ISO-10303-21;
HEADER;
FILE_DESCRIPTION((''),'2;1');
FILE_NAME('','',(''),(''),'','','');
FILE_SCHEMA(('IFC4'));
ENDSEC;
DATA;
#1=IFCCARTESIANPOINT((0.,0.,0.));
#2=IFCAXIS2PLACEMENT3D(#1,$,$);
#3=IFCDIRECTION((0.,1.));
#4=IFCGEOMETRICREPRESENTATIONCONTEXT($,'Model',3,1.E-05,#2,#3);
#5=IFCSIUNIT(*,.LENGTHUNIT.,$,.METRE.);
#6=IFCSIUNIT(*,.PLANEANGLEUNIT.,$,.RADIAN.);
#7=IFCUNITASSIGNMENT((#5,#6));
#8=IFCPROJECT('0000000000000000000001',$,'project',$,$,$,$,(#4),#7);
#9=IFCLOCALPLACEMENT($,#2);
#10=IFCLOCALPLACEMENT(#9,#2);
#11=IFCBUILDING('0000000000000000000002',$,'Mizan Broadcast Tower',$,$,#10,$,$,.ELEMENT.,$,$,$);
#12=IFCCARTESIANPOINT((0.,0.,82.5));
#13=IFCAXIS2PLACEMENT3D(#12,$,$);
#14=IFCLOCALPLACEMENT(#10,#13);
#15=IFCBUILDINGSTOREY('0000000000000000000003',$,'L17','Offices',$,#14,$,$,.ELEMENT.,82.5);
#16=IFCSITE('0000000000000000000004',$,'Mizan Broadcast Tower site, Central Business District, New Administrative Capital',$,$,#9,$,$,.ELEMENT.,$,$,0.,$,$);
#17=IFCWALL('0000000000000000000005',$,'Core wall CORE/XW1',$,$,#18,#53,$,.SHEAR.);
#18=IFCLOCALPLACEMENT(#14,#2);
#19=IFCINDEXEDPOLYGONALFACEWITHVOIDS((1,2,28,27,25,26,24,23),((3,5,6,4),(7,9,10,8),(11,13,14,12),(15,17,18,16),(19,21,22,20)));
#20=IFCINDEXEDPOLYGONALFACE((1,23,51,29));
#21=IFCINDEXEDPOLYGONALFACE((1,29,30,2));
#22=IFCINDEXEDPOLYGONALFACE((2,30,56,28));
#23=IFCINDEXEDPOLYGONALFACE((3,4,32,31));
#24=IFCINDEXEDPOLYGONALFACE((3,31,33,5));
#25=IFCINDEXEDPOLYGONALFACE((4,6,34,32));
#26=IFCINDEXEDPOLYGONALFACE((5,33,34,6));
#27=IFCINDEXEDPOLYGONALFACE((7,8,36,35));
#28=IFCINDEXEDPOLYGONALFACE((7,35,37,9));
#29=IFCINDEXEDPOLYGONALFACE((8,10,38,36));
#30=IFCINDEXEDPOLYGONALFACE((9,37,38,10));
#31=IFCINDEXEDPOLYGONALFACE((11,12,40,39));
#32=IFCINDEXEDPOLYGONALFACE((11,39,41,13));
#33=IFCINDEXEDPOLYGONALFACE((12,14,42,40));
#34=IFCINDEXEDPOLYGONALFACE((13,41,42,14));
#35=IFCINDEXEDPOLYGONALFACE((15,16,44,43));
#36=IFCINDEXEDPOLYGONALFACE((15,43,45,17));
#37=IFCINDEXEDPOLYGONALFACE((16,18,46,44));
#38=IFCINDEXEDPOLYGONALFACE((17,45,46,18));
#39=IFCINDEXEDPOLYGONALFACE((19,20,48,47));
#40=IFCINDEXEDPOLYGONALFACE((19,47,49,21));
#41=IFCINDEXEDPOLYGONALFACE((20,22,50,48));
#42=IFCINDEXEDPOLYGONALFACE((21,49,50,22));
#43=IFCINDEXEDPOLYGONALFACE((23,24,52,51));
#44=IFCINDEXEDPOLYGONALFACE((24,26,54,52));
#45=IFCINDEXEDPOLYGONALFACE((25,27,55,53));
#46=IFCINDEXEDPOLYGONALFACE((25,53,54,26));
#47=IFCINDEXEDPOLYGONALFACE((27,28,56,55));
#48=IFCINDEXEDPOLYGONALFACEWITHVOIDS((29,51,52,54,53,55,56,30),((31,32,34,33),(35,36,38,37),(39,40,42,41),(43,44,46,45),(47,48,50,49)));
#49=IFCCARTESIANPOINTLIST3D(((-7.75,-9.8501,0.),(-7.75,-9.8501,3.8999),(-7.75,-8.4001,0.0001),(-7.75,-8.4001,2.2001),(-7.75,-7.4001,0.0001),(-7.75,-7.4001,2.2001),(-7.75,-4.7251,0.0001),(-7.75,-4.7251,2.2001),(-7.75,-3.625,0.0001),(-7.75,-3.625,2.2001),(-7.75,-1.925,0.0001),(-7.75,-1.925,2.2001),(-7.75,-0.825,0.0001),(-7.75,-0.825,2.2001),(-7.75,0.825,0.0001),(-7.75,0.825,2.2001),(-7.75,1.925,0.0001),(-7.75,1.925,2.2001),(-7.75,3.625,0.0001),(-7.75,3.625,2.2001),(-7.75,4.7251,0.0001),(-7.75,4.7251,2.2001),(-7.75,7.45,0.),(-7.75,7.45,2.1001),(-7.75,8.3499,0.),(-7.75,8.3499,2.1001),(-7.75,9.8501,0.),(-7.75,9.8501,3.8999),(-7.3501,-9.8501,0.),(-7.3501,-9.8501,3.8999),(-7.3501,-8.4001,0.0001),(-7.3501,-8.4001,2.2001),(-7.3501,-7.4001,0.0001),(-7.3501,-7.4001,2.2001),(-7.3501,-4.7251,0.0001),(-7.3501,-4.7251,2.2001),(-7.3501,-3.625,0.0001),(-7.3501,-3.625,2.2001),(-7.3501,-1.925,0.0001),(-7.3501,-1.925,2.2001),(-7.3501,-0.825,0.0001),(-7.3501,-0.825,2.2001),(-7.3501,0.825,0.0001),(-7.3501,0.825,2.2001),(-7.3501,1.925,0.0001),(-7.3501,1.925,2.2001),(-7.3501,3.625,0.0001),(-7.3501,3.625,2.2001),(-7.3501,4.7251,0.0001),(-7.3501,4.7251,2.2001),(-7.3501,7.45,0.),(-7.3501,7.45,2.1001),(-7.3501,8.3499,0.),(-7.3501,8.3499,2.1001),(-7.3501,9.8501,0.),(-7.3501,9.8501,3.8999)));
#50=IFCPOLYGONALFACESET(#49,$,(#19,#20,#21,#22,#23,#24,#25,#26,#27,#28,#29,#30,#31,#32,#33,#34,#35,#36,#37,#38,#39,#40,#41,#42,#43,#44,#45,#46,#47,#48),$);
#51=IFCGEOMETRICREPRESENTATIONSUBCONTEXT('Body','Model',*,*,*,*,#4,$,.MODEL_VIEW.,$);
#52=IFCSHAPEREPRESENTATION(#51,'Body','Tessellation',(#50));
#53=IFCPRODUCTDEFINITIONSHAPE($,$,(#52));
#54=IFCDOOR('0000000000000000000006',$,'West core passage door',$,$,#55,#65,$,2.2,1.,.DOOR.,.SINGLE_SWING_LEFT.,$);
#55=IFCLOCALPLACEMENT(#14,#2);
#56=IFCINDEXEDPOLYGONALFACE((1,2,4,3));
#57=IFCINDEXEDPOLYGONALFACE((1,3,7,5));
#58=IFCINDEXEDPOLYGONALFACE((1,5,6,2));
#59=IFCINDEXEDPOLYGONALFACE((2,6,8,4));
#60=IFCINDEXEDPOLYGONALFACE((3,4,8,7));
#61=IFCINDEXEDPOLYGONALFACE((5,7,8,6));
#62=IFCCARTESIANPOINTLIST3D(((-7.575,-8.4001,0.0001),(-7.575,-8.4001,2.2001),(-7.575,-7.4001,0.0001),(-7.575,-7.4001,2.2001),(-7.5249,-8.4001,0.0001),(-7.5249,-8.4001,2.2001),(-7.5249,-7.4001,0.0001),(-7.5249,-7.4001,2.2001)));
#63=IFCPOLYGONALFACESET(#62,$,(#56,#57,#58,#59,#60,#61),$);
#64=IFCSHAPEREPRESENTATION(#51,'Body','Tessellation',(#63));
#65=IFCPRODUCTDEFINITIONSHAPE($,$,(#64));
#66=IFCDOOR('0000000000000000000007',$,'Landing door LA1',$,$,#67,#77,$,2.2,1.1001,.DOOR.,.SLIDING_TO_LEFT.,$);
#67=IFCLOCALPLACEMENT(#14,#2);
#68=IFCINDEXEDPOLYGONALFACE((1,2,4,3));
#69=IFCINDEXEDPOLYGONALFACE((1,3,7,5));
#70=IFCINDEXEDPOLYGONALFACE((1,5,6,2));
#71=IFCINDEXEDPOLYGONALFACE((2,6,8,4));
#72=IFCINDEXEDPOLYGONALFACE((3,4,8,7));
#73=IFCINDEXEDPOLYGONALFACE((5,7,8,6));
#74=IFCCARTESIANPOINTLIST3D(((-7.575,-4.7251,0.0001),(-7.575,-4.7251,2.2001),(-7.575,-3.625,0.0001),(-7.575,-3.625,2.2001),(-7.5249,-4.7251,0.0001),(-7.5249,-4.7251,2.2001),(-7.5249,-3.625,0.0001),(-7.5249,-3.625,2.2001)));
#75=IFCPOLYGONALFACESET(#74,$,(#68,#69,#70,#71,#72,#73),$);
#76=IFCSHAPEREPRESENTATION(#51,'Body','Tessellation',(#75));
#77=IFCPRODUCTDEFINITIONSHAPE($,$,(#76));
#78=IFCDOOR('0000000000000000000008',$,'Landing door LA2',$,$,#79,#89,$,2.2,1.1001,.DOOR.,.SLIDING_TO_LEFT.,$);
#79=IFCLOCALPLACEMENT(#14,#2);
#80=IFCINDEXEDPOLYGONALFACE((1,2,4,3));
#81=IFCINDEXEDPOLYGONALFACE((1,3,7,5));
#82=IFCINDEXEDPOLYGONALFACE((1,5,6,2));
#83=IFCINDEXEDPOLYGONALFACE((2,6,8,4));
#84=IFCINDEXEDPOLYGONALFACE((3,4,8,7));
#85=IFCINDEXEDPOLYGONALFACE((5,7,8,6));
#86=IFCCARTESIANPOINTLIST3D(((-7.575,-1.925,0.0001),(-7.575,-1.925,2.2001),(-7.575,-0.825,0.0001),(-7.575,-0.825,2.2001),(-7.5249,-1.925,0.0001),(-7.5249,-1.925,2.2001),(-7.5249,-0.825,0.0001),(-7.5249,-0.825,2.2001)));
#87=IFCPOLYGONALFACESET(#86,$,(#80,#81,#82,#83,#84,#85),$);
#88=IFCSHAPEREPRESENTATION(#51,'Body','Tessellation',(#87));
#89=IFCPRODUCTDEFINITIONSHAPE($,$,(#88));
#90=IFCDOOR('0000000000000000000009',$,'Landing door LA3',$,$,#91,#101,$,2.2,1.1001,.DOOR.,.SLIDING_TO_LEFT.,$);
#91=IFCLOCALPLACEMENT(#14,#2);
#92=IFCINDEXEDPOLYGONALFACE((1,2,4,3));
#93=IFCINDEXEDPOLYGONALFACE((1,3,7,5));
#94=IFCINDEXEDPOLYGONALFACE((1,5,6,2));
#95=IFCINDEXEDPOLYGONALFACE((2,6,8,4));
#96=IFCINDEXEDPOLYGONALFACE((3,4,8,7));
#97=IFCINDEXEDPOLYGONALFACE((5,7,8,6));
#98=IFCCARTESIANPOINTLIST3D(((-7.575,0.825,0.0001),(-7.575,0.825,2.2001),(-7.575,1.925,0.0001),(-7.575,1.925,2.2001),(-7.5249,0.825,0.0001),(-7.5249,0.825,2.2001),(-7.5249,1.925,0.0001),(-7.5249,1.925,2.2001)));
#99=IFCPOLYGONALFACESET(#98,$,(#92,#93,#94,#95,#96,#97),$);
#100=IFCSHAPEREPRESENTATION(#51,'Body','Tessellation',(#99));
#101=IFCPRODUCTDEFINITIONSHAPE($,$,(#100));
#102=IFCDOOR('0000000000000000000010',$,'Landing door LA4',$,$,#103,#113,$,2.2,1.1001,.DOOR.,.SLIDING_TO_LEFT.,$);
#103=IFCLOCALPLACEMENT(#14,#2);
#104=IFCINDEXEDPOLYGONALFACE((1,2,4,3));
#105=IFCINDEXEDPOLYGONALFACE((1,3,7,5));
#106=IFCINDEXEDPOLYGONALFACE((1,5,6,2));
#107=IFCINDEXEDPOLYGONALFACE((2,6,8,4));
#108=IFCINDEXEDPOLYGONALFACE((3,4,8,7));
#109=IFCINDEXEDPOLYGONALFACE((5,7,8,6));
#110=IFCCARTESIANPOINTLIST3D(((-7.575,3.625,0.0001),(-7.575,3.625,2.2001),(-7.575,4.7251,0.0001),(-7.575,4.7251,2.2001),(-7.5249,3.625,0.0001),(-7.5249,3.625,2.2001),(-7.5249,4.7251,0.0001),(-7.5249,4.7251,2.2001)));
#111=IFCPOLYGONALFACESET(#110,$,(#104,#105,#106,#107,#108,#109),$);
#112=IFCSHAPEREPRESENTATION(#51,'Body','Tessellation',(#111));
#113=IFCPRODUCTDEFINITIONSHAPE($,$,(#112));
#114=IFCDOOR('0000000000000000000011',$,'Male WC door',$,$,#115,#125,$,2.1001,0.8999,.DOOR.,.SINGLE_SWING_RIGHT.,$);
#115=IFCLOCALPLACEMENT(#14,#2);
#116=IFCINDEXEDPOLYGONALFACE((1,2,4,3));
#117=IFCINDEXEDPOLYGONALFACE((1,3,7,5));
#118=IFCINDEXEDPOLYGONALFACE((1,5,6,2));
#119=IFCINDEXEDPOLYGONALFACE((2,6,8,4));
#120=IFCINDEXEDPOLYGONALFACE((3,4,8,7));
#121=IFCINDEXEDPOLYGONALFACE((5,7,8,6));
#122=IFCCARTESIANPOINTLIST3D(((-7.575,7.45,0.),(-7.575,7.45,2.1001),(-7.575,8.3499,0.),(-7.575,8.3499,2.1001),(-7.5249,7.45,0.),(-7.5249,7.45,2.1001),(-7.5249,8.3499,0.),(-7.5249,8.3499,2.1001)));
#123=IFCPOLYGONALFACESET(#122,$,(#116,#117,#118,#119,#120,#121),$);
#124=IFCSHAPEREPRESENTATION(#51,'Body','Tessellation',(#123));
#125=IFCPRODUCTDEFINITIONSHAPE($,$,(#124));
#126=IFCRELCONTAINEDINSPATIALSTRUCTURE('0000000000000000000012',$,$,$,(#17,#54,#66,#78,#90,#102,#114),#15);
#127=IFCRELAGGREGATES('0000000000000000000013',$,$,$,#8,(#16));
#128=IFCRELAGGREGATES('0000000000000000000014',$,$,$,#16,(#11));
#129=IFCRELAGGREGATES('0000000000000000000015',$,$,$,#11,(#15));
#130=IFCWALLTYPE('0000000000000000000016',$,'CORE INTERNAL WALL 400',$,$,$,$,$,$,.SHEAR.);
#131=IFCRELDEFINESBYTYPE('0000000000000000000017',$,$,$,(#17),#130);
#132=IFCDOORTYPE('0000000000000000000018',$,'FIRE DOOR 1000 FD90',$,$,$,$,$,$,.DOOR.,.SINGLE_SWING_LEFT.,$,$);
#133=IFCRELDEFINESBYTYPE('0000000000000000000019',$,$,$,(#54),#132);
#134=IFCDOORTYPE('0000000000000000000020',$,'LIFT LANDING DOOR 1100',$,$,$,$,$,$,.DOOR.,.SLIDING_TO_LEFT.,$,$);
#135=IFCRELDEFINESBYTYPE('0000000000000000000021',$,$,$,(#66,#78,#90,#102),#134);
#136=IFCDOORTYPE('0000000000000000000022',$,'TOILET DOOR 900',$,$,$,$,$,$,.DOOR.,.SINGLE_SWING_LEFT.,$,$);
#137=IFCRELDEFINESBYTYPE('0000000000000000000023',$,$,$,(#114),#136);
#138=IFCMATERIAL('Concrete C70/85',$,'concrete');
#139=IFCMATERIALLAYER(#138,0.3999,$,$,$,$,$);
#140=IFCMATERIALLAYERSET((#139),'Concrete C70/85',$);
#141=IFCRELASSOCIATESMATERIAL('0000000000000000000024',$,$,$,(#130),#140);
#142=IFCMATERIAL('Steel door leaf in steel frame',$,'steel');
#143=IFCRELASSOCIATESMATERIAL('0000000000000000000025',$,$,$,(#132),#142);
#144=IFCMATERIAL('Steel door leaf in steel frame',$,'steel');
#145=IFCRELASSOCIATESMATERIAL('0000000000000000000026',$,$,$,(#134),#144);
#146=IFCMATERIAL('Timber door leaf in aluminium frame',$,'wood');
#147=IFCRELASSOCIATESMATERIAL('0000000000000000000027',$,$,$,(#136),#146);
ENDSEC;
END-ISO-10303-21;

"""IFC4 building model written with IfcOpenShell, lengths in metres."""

from ifc_helpers import new_model, si_unit, direction, frame, frame_2d, origin, place, context, subcontext, project, spatial, rectangle, extrude, material, layer, layer_set, type_object, element, fill, save


model = new_model("IFC4")

# Units and contexts
model_context = context("Model", 3, precision=1e-05, world=origin(), true_north=direction((0.0, 1.0)))
body_context = subcontext(model_context, "Body", "Model", "MODEL_VIEW")
ifc_project = project(units=[si_unit("LENGTHUNIT", "METRE"), si_unit("PLANEANGLEUNIT", "RADIAN")], contexts=[model_context])

# Site, building, storey
site_placement = place(None, origin())
site = spatial("IfcSite", under=ifc_project, at=site_placement, Name="Mizan Broadcast Tower site, Central Business District, New Administrative Capital", CompositionType="ELEMENT", RefElevation=0.0)
building_placement = place(site_placement, origin())
building = spatial("IfcBuilding", under=site, at=building_placement, Name="Mizan Broadcast Tower", CompositionType="ELEMENT")
storey_placement = place(building_placement, frame((0.0, 0.0, 82.5)))
storey = spatial("IfcBuildingStorey", under=building, at=storey_placement, Name="L17", Description="Offices", CompositionType="ELEMENT", Elevation=82.5)

# Wall, openings, doors
ifc_material_1 = material(Name="Concrete C70/85", Category="concrete")
ifc_layer_1 = layer(ifc_material_1, 0.3999)
ifc_layer_set_1 = layer_set([ifc_layer_1], Name="Concrete C70/85")
wall_type_1 = type_object("IfcWallType", Name="CORE INTERNAL WALL 400", PredefinedType="SHEAR", material=ifc_layer_set_1)
wall_1_placement = place(storey_placement, frame((-7.55, -9.8501, 0.0), z_axis=(0.0, 0.0, 1.0), x_axis=(0.0, 1.0, 0.0)))
wall_1 = element("IfcWall", 1, at=wall_1_placement, inside=storey, type_object=wall_type_1, Name="Core wall CORE/XW1", PredefinedType="SHEAR", context=body_context, shape_type="SweptSolid", body=[
    extrude(rectangle(XDim=19.7002, YDim=0.3999, at=frame_2d((9.8501, 0.0))), origin(), (0.0, 0.0, 1.0), 3.8999),
])
opening_1_placement = place(wall_1_placement, frame((1.45, 0.0, 0.0)))
opening_1 = element("IfcOpeningElement", 2, at=opening_1_placement, cuts=wall_1, PredefinedType="OPENING", context=body_context, shape_type="SweptSolid", body=[
    extrude(rectangle(XDim=1.0, YDim=2.2, at=frame_2d((0.5, 1.1001))), frame((0.0, 0.21, 0.0), z_axis=(0.0, -1.0, 0.0), x_axis=(1.0, 0.0, 0.0)), (0.0, 0.0, 1.0), 0.4199),
])
opening_2_placement = place(wall_1_placement, frame((17.3, 0.0, 0.0)))
opening_2 = element("IfcOpeningElement", 3, at=opening_2_placement, cuts=wall_1, PredefinedType="OPENING", context=body_context, shape_type="SweptSolid", body=[
    extrude(rectangle(XDim=0.8999, YDim=2.1001, at=frame_2d((0.45, 1.05))), frame((0.0, 0.21, 0.0), z_axis=(0.0, -1.0, 0.0), x_axis=(1.0, 0.0, 0.0)), (0.0, 0.0, 1.0), 0.4199),
])
opening_3_placement = place(wall_1_placement, frame((5.125, 0.0, 0.0)))
opening_3 = element("IfcOpeningElement", 4, at=opening_3_placement, cuts=wall_1, PredefinedType="OPENING", context=body_context, shape_type="SweptSolid", body=[
    extrude(rectangle(XDim=1.1001, YDim=2.2, at=frame_2d((0.55, 1.1001))), frame((0.0, 0.21, 0.0), z_axis=(0.0, -1.0, 0.0), x_axis=(1.0, 0.0, 0.0)), (0.0, 0.0, 1.0), 0.4199),
])
opening_4_placement = place(wall_1_placement, frame((7.925, 0.0, 0.0)))
opening_4 = element("IfcOpeningElement", 5, at=opening_4_placement, cuts=wall_1, PredefinedType="OPENING", context=body_context, shape_type="SweptSolid", body=[
    extrude(rectangle(XDim=1.1001, YDim=2.2, at=frame_2d((0.55, 1.1001))), frame((0.0, 0.21, 0.0), z_axis=(0.0, -1.0, 0.0), x_axis=(1.0, 0.0, 0.0)), (0.0, 0.0, 1.0), 0.4199),
])
opening_5_placement = place(wall_1_placement, frame((10.675, 0.0, 0.0)))
opening_5 = element("IfcOpeningElement", 6, at=opening_5_placement, cuts=wall_1, PredefinedType="OPENING", context=body_context, shape_type="SweptSolid", body=[
    extrude(rectangle(XDim=1.1001, YDim=2.2, at=frame_2d((0.55, 1.1001))), frame((0.0, 0.21, 0.0), z_axis=(0.0, -1.0, 0.0), x_axis=(1.0, 0.0, 0.0)), (0.0, 0.0, 1.0), 0.4199),
])
opening_6_placement = place(wall_1_placement, frame((13.4751, 0.0, 0.0)))
opening_6 = element("IfcOpeningElement", 7, at=opening_6_placement, cuts=wall_1, PredefinedType="OPENING", context=body_context, shape_type="SweptSolid", body=[
    extrude(rectangle(XDim=1.1001, YDim=2.2, at=frame_2d((0.55, 1.1001))), frame((0.0, 0.21, 0.0), z_axis=(0.0, -1.0, 0.0), x_axis=(1.0, 0.0, 0.0)), (0.0, 0.0, 1.0), 0.4199),
])
ifc_material_2 = material(Name="Steel door leaf in steel frame", Category="steel")
door_type_1 = type_object("IfcDoorType", Name="FIRE DOOR 1000 FD90", OperationType="SINGLE_SWING_LEFT", PredefinedType="DOOR", material=ifc_material_2)
door_1_placement = place(opening_1_placement, origin())
door_1 = element("IfcDoor", 8, at=door_1_placement, inside=storey, type_object=door_type_1, Name="West core passage door", OperationType="SINGLE_SWING_LEFT", OverallHeight=2.2, OverallWidth=1.0, PredefinedType="DOOR", context=body_context, shape_type="SweptSolid", body=[
    extrude(rectangle(XDim=1.0, YDim=2.2, at=frame_2d((0.5, 1.1001))), frame((0.0, 0.0249, 0.0), z_axis=(0.0, -1.0, 0.0), x_axis=(1.0, 0.0, 0.0)), (0.0, 0.0, 1.0), 0.05),
])
fill(opening_1, door_1)
ifc_material_3 = material(Name="Steel door leaf in steel frame", Category="steel")
door_type_2 = type_object("IfcDoorType", Name="LIFT LANDING DOOR 1100", OperationType="SLIDING_TO_LEFT", PredefinedType="DOOR", material=ifc_material_3)
door_2_placement = place(opening_3_placement, origin())
door_2 = element("IfcDoor", 9, at=door_2_placement, inside=storey, type_object=door_type_2, Name="Landing door LA1", OperationType="SLIDING_TO_LEFT", OverallHeight=2.2, OverallWidth=1.1001, PredefinedType="DOOR", context=body_context, shape_type="SweptSolid", body=[
    extrude(rectangle(XDim=1.1001, YDim=2.2, at=frame_2d((0.55, 1.1001))), frame((0.0, 0.0249, 0.0), z_axis=(0.0, -1.0, 0.0), x_axis=(1.0, 0.0, 0.0)), (0.0, 0.0, 1.0), 0.05),
])
fill(opening_3, door_2)
door_3_placement = place(opening_4_placement, origin())
door_3 = element("IfcDoor", 10, at=door_3_placement, inside=storey, type_object=door_type_2, Name="Landing door LA2", OperationType="SLIDING_TO_LEFT", OverallHeight=2.2, OverallWidth=1.1001, PredefinedType="DOOR", context=body_context, shape_type="SweptSolid", body=[
    extrude(rectangle(XDim=1.1001, YDim=2.2, at=frame_2d((0.55, 1.1001))), frame((0.0, 0.0249, 0.0), z_axis=(0.0, -1.0, 0.0), x_axis=(1.0, 0.0, 0.0)), (0.0, 0.0, 1.0), 0.05),
])
fill(opening_4, door_3)
door_4_placement = place(opening_5_placement, origin())
door_4 = element("IfcDoor", 11, at=door_4_placement, inside=storey, type_object=door_type_2, Name="Landing door LA3", OperationType="SLIDING_TO_LEFT", OverallHeight=2.2, OverallWidth=1.1001, PredefinedType="DOOR", context=body_context, shape_type="SweptSolid", body=[
    extrude(rectangle(XDim=1.1001, YDim=2.2, at=frame_2d((0.55, 1.1001))), frame((0.0, 0.0249, 0.0), z_axis=(0.0, -1.0, 0.0), x_axis=(1.0, 0.0, 0.0)), (0.0, 0.0, 1.0), 0.05),
])
fill(opening_5, door_4)
door_5_placement = place(opening_6_placement, origin())
door_5 = element("IfcDoor", 12, at=door_5_placement, inside=storey, type_object=door_type_2, Name="Landing door LA4", OperationType="SLIDING_TO_LEFT", OverallHeight=2.2, OverallWidth=1.1001, PredefinedType="DOOR", context=body_context, shape_type="SweptSolid", body=[
    extrude(rectangle(XDim=1.1001, YDim=2.2, at=frame_2d((0.55, 1.1001))), frame((0.0, 0.0249, 0.0), z_axis=(0.0, -1.0, 0.0), x_axis=(1.0, 0.0, 0.0)), (0.0, 0.0, 1.0), 0.05),
])
fill(opening_6, door_5)
ifc_material_4 = material(Name="Timber door leaf in aluminium frame", Category="wood")
door_type_3 = type_object("IfcDoorType", Name="TOILET DOOR 900", OperationType="SINGLE_SWING_LEFT", PredefinedType="DOOR", material=ifc_material_4)
door_6_placement = place(opening_2_placement, origin())
door_6 = element("IfcDoor", 13, at=door_6_placement, inside=storey, type_object=door_type_3, Name="Male WC door", OperationType="SINGLE_SWING_RIGHT", OverallHeight=2.1001, OverallWidth=0.8999, PredefinedType="DOOR", context=body_context, shape_type="SweptSolid", body=[
    extrude(rectangle(XDim=0.8999, YDim=2.1001, at=frame_2d((0.45, 1.05))), frame((0.0, 0.0249, 0.0), z_axis=(0.0, -1.0, 0.0), x_axis=(1.0, 0.0, 0.0)), (0.0, 0.0, 1.0), 0.05),
])
fill(opening_2, door_6)

save(model, "model.ifc")
